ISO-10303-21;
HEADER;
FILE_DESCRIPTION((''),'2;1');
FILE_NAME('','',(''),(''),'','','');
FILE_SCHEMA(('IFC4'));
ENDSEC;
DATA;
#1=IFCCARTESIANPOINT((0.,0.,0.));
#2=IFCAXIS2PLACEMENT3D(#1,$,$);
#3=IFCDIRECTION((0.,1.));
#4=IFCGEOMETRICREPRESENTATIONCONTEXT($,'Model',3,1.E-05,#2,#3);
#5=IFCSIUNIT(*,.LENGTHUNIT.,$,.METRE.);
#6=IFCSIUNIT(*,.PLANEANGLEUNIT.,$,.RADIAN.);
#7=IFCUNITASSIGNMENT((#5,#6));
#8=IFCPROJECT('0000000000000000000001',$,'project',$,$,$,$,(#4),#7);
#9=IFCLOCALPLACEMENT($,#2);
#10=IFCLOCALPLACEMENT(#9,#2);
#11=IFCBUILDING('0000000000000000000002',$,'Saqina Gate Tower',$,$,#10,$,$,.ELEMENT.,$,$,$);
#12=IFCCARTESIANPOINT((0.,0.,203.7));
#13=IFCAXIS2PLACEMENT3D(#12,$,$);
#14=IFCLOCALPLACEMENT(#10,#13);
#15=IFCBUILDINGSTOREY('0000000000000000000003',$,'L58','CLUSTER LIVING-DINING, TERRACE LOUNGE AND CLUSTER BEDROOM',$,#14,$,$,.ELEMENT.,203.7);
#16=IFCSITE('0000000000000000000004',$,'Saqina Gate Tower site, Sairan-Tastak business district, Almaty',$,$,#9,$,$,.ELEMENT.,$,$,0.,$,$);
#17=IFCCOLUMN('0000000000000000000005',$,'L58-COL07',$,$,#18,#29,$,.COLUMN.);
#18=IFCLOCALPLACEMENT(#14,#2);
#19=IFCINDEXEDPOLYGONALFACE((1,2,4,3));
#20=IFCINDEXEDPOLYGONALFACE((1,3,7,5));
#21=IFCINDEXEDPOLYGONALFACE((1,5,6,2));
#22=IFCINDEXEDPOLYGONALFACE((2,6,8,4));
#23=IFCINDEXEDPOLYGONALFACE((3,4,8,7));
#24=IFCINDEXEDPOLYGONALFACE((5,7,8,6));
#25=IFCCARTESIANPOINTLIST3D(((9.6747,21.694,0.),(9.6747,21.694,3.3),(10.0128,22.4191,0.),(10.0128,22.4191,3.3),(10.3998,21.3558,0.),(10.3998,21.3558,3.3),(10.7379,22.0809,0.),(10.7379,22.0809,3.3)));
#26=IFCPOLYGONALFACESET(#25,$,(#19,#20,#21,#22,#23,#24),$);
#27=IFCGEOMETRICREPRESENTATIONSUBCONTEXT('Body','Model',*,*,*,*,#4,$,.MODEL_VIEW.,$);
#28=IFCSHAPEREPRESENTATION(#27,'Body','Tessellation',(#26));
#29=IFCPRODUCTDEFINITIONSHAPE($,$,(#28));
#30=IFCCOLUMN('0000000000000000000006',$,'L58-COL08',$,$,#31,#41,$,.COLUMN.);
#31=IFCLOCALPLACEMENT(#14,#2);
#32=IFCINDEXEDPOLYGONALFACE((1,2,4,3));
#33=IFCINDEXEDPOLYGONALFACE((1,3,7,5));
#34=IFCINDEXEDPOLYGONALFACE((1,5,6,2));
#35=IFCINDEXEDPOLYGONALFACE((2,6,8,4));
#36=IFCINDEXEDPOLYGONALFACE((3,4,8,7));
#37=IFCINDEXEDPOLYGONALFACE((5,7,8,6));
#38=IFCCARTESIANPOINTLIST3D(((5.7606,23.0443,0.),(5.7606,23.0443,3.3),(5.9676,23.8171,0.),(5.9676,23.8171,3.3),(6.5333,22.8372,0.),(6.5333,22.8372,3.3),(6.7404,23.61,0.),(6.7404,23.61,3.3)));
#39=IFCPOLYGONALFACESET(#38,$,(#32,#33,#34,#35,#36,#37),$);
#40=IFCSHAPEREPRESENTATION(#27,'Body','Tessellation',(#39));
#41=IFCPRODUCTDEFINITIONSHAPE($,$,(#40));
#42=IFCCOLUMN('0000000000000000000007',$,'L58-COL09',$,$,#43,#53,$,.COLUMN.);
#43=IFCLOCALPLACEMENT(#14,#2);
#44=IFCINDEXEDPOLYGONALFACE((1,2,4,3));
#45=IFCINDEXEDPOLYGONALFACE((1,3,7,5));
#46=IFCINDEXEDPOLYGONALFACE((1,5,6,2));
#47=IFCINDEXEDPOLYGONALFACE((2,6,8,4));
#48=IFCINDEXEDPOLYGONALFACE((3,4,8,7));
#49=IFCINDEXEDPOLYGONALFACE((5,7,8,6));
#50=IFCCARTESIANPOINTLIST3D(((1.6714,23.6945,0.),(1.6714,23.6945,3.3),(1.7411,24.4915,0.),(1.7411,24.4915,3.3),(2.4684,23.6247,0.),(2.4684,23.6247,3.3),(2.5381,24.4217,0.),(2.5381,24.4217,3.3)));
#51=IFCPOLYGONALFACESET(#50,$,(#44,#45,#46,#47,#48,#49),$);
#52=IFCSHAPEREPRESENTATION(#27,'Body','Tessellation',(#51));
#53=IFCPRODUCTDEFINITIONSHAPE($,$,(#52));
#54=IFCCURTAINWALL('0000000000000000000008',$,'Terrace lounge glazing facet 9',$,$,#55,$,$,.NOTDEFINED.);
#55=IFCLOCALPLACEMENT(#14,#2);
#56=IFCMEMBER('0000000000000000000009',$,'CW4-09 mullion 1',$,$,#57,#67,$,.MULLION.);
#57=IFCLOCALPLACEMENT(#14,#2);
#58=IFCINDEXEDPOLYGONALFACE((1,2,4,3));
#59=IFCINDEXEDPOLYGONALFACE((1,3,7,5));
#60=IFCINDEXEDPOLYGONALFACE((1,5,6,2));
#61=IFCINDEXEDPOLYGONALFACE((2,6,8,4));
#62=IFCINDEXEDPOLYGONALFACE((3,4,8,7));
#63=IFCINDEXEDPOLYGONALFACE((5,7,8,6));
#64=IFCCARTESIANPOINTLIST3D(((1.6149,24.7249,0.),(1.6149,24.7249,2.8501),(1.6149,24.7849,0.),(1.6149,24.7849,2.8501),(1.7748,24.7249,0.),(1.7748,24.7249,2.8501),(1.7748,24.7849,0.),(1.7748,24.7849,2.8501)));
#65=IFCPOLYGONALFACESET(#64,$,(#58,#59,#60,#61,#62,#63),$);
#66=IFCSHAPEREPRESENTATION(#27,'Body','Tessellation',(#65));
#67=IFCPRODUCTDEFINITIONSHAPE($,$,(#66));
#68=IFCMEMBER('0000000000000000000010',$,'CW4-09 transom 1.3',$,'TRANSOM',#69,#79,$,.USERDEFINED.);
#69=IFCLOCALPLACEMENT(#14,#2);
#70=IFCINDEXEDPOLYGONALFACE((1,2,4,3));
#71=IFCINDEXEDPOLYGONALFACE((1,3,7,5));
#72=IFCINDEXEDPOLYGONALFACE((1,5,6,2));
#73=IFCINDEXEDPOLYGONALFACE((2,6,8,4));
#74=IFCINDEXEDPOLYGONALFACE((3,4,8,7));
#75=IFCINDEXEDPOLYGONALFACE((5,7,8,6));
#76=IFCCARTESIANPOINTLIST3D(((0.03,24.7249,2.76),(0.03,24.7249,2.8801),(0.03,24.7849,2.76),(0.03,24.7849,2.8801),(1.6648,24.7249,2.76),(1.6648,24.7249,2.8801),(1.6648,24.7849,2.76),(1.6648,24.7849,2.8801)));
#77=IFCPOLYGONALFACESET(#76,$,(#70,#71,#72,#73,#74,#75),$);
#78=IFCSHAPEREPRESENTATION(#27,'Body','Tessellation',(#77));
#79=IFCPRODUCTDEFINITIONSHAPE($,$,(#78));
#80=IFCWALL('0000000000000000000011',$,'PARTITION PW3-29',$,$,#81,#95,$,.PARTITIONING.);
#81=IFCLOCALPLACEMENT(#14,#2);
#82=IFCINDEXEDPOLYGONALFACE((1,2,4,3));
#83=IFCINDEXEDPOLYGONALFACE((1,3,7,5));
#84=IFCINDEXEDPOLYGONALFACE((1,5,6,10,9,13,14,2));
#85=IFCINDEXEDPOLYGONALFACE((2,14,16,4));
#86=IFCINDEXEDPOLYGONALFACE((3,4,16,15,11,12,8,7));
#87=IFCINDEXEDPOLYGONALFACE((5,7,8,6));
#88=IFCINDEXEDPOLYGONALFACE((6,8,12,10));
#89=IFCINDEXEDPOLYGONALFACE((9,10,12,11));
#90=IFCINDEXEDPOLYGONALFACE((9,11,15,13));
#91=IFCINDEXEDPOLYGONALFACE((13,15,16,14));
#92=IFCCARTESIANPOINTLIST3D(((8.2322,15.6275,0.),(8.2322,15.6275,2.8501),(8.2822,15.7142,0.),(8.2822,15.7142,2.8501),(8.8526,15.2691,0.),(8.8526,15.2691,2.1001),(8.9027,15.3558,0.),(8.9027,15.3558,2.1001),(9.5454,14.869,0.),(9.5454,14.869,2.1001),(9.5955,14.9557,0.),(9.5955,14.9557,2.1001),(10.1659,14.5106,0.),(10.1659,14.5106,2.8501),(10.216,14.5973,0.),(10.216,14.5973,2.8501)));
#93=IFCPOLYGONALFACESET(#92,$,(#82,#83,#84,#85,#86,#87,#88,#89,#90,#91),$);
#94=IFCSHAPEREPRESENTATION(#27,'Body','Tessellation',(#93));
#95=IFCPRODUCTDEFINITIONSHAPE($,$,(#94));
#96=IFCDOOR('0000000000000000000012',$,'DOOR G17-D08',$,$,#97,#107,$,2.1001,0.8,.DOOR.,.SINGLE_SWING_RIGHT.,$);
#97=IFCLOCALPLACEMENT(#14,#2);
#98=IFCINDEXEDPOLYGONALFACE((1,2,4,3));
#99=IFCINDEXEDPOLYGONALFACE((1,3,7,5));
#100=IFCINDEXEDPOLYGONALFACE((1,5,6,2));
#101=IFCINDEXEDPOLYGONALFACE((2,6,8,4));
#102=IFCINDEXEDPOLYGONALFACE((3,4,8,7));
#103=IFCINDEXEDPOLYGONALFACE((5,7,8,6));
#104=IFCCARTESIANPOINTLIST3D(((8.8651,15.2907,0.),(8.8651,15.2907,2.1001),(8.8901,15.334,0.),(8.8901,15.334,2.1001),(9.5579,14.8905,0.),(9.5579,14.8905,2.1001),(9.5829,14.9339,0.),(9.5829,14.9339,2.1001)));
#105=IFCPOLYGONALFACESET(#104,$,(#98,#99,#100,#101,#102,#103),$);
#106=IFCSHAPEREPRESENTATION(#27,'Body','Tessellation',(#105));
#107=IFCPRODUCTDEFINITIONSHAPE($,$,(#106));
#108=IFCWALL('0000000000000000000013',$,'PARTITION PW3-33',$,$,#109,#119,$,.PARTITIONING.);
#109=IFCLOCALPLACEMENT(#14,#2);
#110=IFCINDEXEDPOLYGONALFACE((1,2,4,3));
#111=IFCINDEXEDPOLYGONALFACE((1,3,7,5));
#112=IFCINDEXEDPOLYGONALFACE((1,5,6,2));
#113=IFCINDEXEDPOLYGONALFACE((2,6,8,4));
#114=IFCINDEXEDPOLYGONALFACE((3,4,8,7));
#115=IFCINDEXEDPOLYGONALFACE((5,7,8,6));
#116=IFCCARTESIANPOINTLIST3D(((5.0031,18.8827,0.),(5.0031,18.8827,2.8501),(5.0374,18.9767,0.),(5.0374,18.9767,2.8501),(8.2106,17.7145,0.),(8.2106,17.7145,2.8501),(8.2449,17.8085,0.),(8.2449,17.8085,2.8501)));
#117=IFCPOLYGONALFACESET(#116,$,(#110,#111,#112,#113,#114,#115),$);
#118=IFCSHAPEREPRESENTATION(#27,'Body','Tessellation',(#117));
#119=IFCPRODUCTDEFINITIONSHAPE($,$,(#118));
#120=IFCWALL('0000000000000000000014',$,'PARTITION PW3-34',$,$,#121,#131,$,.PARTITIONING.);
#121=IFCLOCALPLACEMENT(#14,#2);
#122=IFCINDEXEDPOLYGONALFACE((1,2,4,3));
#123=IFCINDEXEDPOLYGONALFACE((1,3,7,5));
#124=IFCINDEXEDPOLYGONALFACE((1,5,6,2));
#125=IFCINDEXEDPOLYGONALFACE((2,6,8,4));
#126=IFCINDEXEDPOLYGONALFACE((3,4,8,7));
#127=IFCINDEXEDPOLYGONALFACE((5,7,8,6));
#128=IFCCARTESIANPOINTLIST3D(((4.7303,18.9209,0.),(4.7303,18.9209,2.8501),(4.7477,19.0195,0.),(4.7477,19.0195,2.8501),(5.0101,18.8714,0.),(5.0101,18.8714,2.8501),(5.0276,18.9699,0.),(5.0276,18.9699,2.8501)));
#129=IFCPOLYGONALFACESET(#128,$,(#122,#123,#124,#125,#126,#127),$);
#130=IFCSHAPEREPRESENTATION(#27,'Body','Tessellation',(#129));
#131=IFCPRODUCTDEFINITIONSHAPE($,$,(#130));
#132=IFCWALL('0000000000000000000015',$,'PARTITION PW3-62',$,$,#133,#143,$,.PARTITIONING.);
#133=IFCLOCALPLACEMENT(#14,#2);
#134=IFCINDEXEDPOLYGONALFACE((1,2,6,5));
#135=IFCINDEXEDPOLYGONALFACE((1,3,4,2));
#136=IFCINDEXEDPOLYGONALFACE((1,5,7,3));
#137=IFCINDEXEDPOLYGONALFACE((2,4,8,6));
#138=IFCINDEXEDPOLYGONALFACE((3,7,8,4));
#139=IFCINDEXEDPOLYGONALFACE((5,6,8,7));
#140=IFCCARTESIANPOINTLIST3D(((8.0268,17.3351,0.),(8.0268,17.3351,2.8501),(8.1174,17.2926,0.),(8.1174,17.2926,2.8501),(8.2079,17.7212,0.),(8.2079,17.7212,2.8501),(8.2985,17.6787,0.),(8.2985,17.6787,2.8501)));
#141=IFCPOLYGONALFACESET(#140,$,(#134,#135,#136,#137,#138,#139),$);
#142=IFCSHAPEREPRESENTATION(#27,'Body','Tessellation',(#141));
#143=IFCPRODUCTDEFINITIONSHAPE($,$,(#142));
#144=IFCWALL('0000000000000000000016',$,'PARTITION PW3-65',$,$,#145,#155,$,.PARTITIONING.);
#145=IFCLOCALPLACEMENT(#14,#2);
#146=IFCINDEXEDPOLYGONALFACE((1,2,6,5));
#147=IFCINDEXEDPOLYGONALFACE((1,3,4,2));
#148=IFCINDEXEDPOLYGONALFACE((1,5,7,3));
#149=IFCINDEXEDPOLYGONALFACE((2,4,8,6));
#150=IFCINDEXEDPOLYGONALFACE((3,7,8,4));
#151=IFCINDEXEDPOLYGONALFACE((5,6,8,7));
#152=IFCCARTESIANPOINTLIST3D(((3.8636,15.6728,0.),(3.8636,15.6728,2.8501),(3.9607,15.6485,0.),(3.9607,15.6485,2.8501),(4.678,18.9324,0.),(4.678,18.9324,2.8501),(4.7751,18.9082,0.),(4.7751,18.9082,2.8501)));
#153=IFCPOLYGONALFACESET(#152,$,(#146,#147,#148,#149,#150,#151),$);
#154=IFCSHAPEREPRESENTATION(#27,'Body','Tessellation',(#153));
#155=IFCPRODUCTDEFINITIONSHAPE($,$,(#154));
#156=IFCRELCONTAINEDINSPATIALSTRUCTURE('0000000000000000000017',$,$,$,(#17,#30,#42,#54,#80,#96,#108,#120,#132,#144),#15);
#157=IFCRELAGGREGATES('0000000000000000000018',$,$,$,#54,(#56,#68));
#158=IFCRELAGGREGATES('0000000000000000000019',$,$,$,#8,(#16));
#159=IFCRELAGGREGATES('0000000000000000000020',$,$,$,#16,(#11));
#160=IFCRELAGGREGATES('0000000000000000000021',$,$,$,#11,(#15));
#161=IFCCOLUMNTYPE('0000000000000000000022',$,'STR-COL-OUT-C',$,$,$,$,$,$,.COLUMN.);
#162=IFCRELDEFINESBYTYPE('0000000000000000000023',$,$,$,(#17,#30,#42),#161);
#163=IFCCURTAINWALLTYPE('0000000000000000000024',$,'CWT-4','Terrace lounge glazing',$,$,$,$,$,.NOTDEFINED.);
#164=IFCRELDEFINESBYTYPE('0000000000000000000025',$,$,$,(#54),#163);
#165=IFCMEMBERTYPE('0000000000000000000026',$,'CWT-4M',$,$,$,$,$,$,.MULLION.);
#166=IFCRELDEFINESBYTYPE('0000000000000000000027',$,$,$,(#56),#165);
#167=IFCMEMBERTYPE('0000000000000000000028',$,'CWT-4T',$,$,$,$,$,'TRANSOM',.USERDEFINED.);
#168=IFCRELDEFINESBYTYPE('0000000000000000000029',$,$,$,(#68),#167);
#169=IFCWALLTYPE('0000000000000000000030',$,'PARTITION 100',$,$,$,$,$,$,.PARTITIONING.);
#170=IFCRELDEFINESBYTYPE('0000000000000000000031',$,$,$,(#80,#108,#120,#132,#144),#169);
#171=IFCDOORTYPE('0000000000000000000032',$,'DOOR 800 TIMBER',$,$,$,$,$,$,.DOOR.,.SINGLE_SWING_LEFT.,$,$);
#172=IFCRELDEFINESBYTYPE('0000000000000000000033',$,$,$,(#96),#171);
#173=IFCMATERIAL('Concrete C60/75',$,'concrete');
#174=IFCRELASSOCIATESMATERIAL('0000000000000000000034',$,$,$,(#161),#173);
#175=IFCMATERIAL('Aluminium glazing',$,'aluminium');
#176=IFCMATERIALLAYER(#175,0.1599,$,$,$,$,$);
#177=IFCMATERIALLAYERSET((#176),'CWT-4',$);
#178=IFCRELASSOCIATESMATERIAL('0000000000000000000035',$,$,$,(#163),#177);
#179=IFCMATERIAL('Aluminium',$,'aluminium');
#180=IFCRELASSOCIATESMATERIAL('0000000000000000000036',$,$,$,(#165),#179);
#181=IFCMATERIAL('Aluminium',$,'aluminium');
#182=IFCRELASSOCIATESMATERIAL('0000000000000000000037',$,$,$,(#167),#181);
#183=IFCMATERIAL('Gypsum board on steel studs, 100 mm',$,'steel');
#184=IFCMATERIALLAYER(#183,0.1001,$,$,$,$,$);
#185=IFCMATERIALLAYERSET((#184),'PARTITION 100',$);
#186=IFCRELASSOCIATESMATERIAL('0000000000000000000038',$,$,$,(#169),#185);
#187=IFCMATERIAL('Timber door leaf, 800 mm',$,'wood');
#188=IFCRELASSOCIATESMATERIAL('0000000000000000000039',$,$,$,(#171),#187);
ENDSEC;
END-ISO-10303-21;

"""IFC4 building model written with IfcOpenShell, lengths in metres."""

from ifc_helpers import new_model, si_unit, direction, frame, frame_2d, origin, origin_2d, place, context, subcontext, project, spatial, rectangle, extrude, material, layer, layer_set, material_profile, profile_set, type_object, element, fill, aggregate, save


model = new_model("IFC4")

# Units and contexts
model_context = context("Model", 3, precision=1e-05, world=origin(), true_north=direction((0.0, 1.0)))
body_context = subcontext(model_context, "Body", "Model", "MODEL_VIEW")
ifc_project = project(units=[si_unit("LENGTHUNIT", "METRE"), si_unit("PLANEANGLEUNIT", "RADIAN")], contexts=[model_context])

# Site, building, storey
site_placement = place(None, origin())
site = spatial("IfcSite", under=ifc_project, at=site_placement, Name="Saqina Gate Tower site, Sairan-Tastak business district, Almaty", CompositionType="ELEMENT", RefElevation=0.0)
building_placement = place(site_placement, origin())
building = spatial("IfcBuilding", under=site, at=building_placement, Name="Saqina Gate Tower", CompositionType="ELEMENT")
storey_placement = place(building_placement, frame((0.0, 0.0, 203.7)))
storey = spatial("IfcBuildingStorey", under=building, at=storey_placement, Name="L58", Description="CLUSTER LIVING-DINING, TERRACE LOUNGE AND CLUSTER BEDROOM", CompositionType="ELEMENT", Elevation=203.7)

# Columns
ifc_material_1 = material(Name="Concrete C60/75", Category="concrete")
ifc_material_profile_1 = material_profile(ifc_material_1, rectangle(XDim=0.8, YDim=0.8, at=origin_2d()), Name="RC 800x800")
ifc_profile_set_1 = profile_set([ifc_material_profile_1], Name="Concrete C60/75")
column_type = type_object("IfcColumnType", Name="STR-COL-OUT-C", PredefinedType="COLUMN", material=ifc_profile_set_1)
for number, where, z_axis, x_axis, name in (
    (1, (10.2063, 21.8875, 0.0), (0.0, 0.0, 1.0), (0.422618, 0.906308, 0.0), "L58-COL07"),
    (2, (6.2505, 23.3271, 0.0), (0.0, 0.0, 1.0), (0.258819, 0.965926, 0.0), "L58-COL08"),
    (3, (2.1047, 24.0581, 0.0), (0.0, 0.0, 1.0), (0.087156, 0.996195, 0.0), "L58-COL09"),
):
    element("IfcColumn", number, at=place(storey_placement, frame(where, z_axis=z_axis, x_axis=x_axis)), inside=storey, type_object=column_type, Name=name, PredefinedType="COLUMN", context=body_context, shape_type="SweptSolid", body=[
        extrude(rectangle(XDim=0.8, YDim=0.8, at=origin_2d()), origin(), (0.0, 0.0, 1.0), 3.3),
    ])

# Curtain wall, members
ifc_material_2 = material(Name="Aluminium glazing", Category="aluminium")
ifc_layer_1 = layer(ifc_material_2, 0.1599)
ifc_layer_set_1 = layer_set([ifc_layer_1], Name="CWT-4")
curtain_wall_type = type_object("IfcCurtainWallType", Name="CWT-4", Description="Terrace lounge glazing", PredefinedType="NOTDEFINED", material=ifc_layer_set_1)
curtain_wall_placement = place(storey_placement, origin())
curtain_wall = element("IfcCurtainWall", 4, at=curtain_wall_placement, inside=storey, type_object=curtain_wall_type, Name="Terrace lounge glazing facet 9", PredefinedType="NOTDEFINED")
ifc_material_3 = material(Name="Aluminium", Category="aluminium")
ifc_material_profile_2 = material_profile(ifc_material_3, rectangle(XDim=0.0601, YDim=0.1599, at=origin_2d()), Name="Aluminium 60x160")
ifc_profile_set_2 = profile_set([ifc_material_profile_2], Name="Aluminium")
member_type_1 = type_object("IfcMemberType", Name="CWT-4M", PredefinedType="MULLION", material=ifc_profile_set_2)
member_1_placement = place(storey_placement, frame((1.6948, 24.7549, 0.0), z_axis=(0.0, 0.0, 1.0), x_axis=(0.0, -1.0, 0.0)))
member_1 = element("IfcMember", 5, at=member_1_placement, type_object=member_type_1, Name="CW4-09 mullion 1", PredefinedType="MULLION", context=body_context, shape_type="SweptSolid", body=[
    extrude(rectangle(XDim=0.0601, YDim=0.1599, at=origin_2d()), origin(), (0.0, 0.0, 1.0), 2.8501),
])
ifc_material_4 = material(Name="Aluminium", Category="aluminium")
ifc_material_profile_3 = material_profile(ifc_material_4, rectangle(XDim=0.0601, YDim=0.1201, at=origin_2d()), Name="Aluminium 60x120")
ifc_profile_set_3 = profile_set([ifc_material_profile_3], Name="Aluminium")
member_type_2 = type_object("IfcMemberType", Name="CWT-4T", ElementType="TRANSOM", PredefinedType="USERDEFINED", material=ifc_profile_set_3)
member_2_placement = place(storey_placement, frame((1.6648, 24.7549, 2.8201), z_axis=(-1.0, 0.0, 0.0), x_axis=(0.0, -1.0, 0.0)))
member_2 = element("IfcMember", 6, at=member_2_placement, type_object=member_type_2, Name="CW4-09 transom 1.3", ObjectType="TRANSOM", PredefinedType="USERDEFINED", context=body_context, shape_type="SweptSolid", body=[
    extrude(rectangle(XDim=0.0601, YDim=0.1201, at=origin_2d()), origin(), (0.0, 0.0, 1.0), 1.6348),
])
aggregate(curtain_wall, [member_1, member_2])

# Wall, opening, door
ifc_material_5 = material(Name="Gypsum board on steel studs, 100 mm", Category="steel")
ifc_layer_2 = layer(ifc_material_5, 0.1001)
ifc_layer_set_2 = layer_set([ifc_layer_2], Name="PARTITION 100")
wall_type_1 = type_object("IfcWallType", Name="PARTITION 100", PredefinedType="PARTITIONING", material=ifc_layer_set_2)
wall_1_placement = place(storey_placement, frame((8.2571, 15.6709, 0.0), z_axis=(0.0, 0.0, 1.0), x_axis=(0.86594, -0.500148, 0.0)))
wall_1 = element("IfcWall", 7, at=wall_1_placement, inside=storey, type_object=wall_type_1, Name="PARTITION PW3-29", PredefinedType="PARTITIONING", context=body_context, shape_type="SweptSolid", body=[
    extrude(rectangle(XDim=2.2332, YDim=0.1001, at=frame_2d((1.1167, 0.0))), origin(), (0.0, 0.0, 1.0), 2.8501),
])
opening_1_placement = place(wall_1_placement, frame((0.7168, 0.0, 0.0)))
opening_1 = element("IfcOpeningElement", 8, at=opening_1_placement, cuts=wall_1, PredefinedType="OPENING", context=body_context, shape_type="SweptSolid", body=[
    extrude(rectangle(XDim=0.8, YDim=2.1001, at=frame_2d((0.3999, 1.05))), frame((0.0, 0.062, 0.0), z_axis=(0.0, -1.0, 0.0), x_axis=(1.0, 0.0, 0.0)), (0.0, 0.0, 1.0), 0.124),
])
ifc_material_6 = material(Name="Timber door leaf, 800 mm", Category="wood")
door_type_1 = type_object("IfcDoorType", Name="DOOR 800 TIMBER", OperationType="SINGLE_SWING_LEFT", PredefinedType="DOOR", material=ifc_material_6)
door_1_placement = place(opening_1_placement, origin())
door_1 = element("IfcDoor", 9, at=door_1_placement, inside=storey, type_object=door_type_1, Name="DOOR G17-D08", OperationType="SINGLE_SWING_RIGHT", OverallHeight=2.1001, OverallWidth=0.8, PredefinedType="DOOR", context=body_context, shape_type="SweptSolid", body=[
    extrude(rectangle(XDim=0.8, YDim=2.1001, at=frame_2d((0.3999, 1.05))), frame((0.0, 0.0249, 0.0), z_axis=(0.0, -1.0, 0.0), x_axis=(1.0, 0.0, 0.0)), (0.0, 0.0, 1.0), 0.05),
])
fill(opening_1, door_1)

# Walls
wall_2_placement = place(storey_placement, frame((5.0203, 18.9297, 0.0), z_axis=(0.0, 0.0, 1.0), x_axis=(0.93962, -0.34222, 0.0)))
element("IfcWall", 10, at=wall_2_placement, inside=storey, type_object=wall_type_1, Name="PARTITION PW3-33", PredefinedType="PARTITIONING", context=body_context, shape_type="SweptSolid", body=[
    extrude(rectangle(XDim=3.4136, YDim=0.1001, at=frame_2d((1.7068, 0.0))), origin(), (0.0, 0.0, 1.0), 2.8501),
])
wall_3_placement = place(storey_placement, frame((4.739, 18.9702, 0.0), z_axis=(0.0, 0.0, 1.0), x_axis=(0.984671, -0.174423, 0.0)))
element("IfcWall", 11, at=wall_3_placement, inside=storey, type_object=wall_type_1, Name="PARTITION PW3-34", PredefinedType="PARTITIONING", context=body_context, shape_type="SweptSolid", body=[
    extrude(rectangle(XDim=0.2842, YDim=0.1001, at=frame_2d((0.1421, 0.0))), origin(), (0.0, 0.0, 1.0), 2.8501),
])
wall_4_placement = place(storey_placement, frame((8.072, 17.3137, 0.0), z_axis=(0.0, 0.0, 1.0), x_axis=(0.424639, 0.905363, 0.0)))
element("IfcWall", 12, at=wall_4_placement, inside=storey, type_object=wall_type_1, Name="PARTITION PW3-62", PredefinedType="PARTITIONING", context=body_context, shape_type="SweptSolid", body=[
    extrude(rectangle(XDim=0.4265, YDim=0.1001, at=frame_2d((0.2134, 0.0))), origin(), (0.0, 0.0, 1.0), 2.8501),
])
wall_5_placement = place(storey_placement, frame((3.9121, 15.6606, 0.0), z_axis=(0.0, 0.0, 1.0), x_axis=(0.242399, 0.970177, 0.0)))
element("IfcWall", 13, at=wall_5_placement, inside=storey, type_object=wall_type_1, Name="PARTITION PW3-65", PredefinedType="PARTITIONING", context=body_context, shape_type="SweptSolid", body=[
    extrude(rectangle(XDim=3.3599, YDim=0.1001, at=frame_2d((1.6799, 0.0))), origin(), (0.0, 0.0, 1.0), 2.8501),
])

save(model, "model.ifc")
